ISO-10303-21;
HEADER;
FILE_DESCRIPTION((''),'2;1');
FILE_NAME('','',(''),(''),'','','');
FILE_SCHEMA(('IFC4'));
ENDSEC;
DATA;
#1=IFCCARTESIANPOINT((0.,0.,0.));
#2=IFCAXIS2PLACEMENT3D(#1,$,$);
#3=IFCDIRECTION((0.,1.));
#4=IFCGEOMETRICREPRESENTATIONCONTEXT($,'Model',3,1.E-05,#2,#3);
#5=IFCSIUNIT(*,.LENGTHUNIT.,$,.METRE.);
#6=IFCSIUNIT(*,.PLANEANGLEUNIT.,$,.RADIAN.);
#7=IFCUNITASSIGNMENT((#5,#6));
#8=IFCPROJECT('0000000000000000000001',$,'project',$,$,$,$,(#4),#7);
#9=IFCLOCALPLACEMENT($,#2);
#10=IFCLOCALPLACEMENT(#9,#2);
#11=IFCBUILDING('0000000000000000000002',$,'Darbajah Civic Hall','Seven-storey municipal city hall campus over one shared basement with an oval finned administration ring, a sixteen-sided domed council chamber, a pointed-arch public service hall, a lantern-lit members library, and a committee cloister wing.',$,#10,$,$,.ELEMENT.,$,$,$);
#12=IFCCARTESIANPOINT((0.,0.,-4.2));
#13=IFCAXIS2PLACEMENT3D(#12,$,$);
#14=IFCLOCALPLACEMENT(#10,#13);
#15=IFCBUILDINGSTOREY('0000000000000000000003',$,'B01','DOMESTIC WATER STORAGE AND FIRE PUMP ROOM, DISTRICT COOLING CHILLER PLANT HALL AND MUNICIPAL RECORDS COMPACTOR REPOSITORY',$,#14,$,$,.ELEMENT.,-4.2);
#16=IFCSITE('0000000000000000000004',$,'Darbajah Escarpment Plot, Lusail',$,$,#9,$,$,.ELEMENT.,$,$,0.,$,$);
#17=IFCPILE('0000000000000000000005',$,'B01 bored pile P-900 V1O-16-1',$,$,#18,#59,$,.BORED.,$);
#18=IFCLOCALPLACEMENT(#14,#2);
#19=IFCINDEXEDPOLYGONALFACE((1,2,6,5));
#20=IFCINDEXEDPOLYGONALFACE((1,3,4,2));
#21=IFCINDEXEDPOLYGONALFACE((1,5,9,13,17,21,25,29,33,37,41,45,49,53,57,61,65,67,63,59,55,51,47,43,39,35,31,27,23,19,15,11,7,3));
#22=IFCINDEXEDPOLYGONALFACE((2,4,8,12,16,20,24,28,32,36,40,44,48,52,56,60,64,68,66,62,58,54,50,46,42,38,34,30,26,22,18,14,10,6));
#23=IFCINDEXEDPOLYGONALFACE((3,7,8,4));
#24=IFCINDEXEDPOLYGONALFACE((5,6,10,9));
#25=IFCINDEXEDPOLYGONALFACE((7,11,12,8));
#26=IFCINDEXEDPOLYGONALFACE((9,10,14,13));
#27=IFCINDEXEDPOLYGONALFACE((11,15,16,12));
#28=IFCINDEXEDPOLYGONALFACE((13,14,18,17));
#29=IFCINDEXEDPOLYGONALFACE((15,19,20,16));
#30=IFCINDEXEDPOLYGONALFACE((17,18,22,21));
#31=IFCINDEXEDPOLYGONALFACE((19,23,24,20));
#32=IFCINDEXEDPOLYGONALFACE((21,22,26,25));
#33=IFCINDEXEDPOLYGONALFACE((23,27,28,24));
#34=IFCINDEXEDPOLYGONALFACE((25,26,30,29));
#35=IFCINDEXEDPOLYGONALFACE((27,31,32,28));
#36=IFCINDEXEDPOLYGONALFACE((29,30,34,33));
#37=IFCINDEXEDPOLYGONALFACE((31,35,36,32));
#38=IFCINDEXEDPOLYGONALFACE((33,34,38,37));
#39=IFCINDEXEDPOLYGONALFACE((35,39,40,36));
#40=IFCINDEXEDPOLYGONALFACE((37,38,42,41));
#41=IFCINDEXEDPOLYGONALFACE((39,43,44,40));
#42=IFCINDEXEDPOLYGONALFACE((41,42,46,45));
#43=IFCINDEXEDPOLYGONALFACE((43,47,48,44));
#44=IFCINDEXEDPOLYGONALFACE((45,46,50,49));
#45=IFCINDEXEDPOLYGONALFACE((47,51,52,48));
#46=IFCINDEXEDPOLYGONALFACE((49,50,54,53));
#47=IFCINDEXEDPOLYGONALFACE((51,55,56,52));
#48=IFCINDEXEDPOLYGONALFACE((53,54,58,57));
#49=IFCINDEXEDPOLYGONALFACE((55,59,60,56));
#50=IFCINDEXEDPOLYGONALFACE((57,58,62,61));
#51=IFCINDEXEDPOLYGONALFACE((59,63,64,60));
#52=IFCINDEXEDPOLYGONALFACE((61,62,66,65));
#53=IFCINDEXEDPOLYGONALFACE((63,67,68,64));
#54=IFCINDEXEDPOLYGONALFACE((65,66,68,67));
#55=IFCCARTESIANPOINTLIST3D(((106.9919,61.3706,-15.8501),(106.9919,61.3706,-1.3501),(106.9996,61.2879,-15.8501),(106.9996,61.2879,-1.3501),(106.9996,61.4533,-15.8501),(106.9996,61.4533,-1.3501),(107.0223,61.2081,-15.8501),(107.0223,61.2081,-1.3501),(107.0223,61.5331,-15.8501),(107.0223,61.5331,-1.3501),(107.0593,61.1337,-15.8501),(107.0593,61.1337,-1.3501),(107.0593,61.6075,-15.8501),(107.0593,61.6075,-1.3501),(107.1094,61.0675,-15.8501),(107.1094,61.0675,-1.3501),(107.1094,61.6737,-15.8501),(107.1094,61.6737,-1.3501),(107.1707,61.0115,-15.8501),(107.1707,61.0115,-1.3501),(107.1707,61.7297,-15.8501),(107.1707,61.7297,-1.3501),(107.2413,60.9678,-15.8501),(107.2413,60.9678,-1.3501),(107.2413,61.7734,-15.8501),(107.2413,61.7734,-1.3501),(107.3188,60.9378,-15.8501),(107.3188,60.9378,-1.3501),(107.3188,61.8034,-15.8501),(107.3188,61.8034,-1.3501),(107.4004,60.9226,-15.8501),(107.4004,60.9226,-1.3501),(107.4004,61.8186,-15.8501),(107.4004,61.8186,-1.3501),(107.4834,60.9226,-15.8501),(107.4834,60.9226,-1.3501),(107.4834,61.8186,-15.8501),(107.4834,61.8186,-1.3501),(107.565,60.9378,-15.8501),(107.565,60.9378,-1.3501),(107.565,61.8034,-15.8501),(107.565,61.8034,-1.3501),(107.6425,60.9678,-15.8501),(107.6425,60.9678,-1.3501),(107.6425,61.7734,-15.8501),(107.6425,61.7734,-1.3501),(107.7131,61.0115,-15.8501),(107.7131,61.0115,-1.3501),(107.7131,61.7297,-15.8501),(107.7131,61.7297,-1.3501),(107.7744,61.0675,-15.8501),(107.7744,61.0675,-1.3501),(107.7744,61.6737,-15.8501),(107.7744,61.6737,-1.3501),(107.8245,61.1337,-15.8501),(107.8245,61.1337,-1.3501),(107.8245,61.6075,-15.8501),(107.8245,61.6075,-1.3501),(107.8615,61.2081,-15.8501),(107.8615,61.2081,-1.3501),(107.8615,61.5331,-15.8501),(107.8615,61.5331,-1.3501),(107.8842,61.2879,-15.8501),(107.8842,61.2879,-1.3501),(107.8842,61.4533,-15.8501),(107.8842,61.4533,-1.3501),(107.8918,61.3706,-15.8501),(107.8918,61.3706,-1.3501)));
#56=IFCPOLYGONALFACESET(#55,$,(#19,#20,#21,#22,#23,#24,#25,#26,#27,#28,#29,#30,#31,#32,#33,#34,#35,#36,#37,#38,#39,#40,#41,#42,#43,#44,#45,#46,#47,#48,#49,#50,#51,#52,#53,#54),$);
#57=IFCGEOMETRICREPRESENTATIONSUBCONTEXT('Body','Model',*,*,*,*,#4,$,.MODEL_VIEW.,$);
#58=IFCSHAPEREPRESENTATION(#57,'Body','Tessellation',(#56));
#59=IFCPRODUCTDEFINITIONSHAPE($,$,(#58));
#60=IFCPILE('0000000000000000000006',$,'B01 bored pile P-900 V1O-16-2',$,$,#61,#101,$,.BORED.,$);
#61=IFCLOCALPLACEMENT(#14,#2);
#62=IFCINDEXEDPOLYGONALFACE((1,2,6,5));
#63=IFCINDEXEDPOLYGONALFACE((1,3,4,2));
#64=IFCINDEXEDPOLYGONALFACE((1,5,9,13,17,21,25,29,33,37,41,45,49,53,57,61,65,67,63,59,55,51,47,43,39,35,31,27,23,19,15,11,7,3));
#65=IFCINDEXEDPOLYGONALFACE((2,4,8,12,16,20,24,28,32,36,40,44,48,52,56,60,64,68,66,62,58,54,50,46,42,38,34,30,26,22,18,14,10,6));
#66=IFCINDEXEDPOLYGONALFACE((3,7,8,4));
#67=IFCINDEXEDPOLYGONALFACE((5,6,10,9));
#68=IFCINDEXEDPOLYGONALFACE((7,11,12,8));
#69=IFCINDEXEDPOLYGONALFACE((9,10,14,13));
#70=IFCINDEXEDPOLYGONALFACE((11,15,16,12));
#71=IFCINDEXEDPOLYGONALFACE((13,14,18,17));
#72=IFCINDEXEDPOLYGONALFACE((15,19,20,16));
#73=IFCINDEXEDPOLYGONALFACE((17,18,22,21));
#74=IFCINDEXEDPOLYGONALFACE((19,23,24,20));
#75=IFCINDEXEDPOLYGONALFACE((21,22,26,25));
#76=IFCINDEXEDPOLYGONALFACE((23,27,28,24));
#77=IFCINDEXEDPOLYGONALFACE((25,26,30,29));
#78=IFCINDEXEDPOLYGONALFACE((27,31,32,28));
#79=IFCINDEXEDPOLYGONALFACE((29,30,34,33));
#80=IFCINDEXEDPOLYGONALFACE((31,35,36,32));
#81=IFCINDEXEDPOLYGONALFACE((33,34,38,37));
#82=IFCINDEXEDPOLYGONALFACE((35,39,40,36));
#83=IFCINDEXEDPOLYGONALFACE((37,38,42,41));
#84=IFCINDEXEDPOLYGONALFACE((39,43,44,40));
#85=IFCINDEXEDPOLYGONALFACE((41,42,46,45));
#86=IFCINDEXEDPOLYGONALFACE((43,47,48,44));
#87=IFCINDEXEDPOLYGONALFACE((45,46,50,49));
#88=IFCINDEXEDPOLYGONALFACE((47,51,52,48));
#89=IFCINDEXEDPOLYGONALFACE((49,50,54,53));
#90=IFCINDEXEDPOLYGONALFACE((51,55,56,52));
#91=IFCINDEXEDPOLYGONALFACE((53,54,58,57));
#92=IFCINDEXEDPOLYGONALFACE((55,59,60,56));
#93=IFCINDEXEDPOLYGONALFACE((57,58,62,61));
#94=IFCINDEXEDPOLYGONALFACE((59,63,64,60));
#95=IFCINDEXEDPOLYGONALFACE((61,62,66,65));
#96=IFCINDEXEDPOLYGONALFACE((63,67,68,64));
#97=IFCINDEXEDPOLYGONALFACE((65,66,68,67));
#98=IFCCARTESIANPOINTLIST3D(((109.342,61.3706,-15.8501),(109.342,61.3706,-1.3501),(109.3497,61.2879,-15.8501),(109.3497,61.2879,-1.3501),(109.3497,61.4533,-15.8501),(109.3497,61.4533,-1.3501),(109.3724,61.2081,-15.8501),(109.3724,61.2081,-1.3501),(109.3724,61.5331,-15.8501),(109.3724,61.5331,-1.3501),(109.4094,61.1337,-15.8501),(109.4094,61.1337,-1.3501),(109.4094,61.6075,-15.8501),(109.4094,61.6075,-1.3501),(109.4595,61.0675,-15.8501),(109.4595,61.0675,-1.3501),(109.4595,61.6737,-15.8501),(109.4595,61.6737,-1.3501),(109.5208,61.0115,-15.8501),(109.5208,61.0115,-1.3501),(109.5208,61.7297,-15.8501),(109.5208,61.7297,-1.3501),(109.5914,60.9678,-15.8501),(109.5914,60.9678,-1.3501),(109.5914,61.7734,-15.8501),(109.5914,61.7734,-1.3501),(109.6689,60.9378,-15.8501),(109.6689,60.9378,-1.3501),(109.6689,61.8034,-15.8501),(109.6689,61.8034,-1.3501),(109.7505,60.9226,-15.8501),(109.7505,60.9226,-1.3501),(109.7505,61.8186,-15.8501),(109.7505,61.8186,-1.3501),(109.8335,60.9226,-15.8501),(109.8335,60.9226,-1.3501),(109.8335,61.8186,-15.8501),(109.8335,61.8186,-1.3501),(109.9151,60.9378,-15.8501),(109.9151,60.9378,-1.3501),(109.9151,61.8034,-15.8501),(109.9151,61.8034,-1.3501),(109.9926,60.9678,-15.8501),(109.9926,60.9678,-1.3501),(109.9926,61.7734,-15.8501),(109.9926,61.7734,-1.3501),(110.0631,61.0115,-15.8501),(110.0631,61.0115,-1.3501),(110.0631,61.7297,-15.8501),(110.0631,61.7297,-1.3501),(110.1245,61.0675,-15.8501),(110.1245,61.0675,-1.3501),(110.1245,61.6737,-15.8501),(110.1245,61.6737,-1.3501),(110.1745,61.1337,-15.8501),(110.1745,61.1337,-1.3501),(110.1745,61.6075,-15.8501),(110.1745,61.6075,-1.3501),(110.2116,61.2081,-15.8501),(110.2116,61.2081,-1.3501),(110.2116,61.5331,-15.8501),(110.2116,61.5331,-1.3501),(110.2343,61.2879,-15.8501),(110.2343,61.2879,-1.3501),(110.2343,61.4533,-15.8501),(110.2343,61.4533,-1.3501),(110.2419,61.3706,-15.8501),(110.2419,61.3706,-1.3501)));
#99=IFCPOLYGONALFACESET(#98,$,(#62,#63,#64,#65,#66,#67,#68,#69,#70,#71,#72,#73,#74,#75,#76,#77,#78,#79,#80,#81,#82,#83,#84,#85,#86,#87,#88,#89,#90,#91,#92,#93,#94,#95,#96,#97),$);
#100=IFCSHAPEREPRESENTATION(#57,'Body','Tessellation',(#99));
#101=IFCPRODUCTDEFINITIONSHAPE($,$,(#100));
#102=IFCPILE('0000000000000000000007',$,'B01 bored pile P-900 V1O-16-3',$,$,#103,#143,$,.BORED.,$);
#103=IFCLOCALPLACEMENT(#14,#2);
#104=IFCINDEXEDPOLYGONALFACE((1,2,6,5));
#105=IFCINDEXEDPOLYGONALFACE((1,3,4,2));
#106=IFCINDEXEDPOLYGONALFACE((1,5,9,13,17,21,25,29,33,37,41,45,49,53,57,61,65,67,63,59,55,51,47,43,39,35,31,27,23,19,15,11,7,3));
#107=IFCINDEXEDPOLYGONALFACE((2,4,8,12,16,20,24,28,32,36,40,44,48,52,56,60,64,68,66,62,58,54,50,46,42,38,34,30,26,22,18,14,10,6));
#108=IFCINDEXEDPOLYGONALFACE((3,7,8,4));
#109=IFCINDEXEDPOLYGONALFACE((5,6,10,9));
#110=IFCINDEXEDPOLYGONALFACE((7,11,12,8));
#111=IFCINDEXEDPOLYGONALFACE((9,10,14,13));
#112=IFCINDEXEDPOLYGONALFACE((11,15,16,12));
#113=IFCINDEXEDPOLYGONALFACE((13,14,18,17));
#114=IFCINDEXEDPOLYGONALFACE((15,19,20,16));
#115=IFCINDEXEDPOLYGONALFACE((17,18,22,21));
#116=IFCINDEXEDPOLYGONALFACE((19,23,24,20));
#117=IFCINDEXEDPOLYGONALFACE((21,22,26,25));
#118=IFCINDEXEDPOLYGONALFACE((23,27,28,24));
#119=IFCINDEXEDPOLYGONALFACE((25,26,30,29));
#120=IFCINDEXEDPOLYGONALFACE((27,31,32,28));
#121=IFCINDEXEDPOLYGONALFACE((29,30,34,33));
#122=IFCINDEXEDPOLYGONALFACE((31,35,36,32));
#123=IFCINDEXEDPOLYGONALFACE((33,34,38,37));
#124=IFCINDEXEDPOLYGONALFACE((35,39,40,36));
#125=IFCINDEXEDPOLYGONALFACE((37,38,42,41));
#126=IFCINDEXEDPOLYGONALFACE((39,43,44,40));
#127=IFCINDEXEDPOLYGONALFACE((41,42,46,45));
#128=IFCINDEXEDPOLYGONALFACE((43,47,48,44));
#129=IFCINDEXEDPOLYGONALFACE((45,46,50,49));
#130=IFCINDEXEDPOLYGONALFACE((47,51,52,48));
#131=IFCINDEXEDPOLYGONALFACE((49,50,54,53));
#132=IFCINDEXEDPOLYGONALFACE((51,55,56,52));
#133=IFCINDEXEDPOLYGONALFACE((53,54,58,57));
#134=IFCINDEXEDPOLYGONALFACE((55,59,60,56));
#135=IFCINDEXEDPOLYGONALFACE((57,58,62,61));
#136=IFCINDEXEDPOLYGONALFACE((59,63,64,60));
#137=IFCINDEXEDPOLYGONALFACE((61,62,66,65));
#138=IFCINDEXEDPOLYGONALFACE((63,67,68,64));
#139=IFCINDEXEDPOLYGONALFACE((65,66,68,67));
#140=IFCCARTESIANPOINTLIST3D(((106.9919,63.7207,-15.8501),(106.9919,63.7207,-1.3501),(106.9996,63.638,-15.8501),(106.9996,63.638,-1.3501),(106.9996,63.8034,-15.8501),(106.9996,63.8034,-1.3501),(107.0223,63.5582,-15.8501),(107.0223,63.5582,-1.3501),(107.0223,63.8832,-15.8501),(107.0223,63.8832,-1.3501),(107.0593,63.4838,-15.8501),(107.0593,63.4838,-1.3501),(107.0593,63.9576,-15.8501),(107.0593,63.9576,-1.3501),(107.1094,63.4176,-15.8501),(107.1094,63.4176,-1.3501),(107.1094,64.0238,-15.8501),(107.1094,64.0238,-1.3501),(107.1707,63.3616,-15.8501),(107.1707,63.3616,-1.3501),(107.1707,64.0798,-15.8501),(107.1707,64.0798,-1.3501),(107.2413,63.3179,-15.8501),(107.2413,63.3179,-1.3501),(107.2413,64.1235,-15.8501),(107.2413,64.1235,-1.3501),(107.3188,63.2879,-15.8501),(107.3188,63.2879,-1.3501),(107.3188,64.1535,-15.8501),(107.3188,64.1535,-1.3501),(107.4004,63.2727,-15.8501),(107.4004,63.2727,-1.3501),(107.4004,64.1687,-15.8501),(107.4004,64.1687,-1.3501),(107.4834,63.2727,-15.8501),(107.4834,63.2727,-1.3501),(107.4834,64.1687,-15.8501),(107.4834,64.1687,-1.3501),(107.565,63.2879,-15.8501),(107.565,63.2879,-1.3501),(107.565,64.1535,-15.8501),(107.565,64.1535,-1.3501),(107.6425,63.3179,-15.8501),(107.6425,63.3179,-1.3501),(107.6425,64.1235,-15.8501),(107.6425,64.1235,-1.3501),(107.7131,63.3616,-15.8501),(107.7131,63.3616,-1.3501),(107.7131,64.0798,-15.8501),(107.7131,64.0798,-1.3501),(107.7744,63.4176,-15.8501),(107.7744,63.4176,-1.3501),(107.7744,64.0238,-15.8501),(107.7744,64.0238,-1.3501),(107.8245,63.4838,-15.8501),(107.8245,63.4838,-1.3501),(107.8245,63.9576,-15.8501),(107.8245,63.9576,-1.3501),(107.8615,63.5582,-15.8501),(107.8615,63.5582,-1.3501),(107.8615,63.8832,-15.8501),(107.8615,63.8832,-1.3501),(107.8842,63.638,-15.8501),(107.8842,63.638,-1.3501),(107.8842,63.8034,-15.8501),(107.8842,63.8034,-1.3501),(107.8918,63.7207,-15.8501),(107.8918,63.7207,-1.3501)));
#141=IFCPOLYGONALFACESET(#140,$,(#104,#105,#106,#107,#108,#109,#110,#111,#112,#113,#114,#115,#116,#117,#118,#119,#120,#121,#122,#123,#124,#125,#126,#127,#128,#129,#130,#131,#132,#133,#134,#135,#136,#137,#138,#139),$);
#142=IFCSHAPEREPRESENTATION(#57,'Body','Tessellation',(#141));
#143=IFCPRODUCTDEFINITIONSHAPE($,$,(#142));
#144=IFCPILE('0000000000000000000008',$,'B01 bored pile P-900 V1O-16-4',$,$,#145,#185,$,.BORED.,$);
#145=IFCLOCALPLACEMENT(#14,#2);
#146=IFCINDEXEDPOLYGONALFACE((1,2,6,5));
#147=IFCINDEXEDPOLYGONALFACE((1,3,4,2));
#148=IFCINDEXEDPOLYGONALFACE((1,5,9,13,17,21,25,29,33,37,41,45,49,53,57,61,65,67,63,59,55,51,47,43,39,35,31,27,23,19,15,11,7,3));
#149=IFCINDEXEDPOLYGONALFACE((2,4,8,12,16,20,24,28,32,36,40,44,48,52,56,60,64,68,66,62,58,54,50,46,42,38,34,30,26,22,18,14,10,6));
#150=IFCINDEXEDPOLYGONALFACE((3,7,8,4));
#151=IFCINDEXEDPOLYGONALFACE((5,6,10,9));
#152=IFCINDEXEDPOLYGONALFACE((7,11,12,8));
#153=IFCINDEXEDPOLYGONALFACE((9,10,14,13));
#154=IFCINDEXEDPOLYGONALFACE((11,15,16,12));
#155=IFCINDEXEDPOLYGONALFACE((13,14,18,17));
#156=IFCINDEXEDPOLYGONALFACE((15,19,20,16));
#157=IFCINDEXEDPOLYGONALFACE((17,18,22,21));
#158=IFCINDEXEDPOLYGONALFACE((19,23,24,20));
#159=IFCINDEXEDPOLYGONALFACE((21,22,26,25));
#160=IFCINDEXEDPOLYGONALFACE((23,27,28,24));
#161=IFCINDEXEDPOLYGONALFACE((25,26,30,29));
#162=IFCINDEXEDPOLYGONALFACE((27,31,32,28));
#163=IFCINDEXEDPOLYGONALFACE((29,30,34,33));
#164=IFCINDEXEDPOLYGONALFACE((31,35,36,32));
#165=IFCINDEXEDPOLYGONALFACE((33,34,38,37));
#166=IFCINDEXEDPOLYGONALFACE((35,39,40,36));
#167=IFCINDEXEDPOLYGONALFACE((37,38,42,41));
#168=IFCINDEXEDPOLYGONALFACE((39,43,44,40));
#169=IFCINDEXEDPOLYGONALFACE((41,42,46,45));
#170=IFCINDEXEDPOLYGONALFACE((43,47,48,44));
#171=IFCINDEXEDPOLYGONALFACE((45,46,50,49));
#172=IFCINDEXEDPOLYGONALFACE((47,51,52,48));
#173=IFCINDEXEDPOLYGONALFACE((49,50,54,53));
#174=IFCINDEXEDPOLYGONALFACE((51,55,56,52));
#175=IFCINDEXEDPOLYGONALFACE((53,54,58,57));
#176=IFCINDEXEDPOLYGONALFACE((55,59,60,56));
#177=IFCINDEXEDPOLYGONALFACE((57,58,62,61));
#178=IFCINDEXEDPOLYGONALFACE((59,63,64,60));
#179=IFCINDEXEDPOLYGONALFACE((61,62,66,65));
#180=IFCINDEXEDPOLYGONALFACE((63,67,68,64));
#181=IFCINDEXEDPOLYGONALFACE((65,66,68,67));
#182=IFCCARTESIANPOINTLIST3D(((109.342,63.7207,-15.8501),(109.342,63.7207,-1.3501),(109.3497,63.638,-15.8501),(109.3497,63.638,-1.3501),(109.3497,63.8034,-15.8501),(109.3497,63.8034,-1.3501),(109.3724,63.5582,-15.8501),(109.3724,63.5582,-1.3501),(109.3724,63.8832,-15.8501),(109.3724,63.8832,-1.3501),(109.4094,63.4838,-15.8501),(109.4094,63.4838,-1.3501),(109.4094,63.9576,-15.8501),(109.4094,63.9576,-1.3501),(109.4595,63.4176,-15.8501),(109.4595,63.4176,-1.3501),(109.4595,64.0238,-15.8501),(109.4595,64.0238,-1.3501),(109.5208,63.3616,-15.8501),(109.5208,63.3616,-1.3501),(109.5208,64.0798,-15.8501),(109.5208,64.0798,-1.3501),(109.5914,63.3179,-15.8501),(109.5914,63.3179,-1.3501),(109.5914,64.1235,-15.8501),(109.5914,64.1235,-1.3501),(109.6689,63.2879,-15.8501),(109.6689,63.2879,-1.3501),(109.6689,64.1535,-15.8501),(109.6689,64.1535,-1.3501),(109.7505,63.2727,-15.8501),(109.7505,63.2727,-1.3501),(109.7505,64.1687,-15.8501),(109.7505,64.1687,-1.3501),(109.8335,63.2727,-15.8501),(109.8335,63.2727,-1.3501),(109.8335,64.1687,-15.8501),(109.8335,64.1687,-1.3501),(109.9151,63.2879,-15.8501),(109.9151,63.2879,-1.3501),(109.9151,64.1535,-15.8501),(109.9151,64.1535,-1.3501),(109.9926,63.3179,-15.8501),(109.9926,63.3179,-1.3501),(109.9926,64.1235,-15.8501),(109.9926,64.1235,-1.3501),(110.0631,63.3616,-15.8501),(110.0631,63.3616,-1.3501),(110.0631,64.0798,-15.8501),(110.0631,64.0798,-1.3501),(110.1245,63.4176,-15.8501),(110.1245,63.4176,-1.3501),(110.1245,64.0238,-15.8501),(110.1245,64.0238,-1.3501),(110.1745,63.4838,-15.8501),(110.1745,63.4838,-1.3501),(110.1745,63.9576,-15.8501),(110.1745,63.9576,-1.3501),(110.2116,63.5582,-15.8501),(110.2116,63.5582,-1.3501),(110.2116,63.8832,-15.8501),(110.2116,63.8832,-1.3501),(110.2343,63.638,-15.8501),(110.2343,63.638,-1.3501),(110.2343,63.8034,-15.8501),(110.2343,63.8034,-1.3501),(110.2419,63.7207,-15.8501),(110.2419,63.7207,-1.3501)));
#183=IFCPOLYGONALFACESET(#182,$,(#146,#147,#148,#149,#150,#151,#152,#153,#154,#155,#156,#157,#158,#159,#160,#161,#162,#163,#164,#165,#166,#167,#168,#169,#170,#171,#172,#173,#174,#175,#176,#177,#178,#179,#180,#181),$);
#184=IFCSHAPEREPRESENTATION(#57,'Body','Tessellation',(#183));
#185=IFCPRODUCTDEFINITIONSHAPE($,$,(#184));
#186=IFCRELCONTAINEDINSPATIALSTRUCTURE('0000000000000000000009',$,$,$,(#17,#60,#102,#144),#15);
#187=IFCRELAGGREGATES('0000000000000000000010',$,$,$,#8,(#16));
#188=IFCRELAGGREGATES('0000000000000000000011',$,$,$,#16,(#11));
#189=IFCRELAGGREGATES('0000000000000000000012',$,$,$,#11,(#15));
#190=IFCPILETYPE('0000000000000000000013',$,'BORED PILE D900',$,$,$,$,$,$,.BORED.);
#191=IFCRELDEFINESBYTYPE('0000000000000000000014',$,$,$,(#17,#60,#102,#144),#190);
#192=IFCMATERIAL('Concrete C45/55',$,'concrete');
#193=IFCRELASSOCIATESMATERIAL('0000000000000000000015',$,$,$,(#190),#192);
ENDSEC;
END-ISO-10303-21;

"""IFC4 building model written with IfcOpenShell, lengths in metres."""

from ifc_helpers import new_model, si_unit, direction, frame, origin, origin_2d, place, context, subcontext, project, spatial, circle, extrude, material, material_profile, profile_set, type_object, element, save


model = new_model("IFC4")

# Units and contexts
model_context = context("Model", 3, precision=1e-05, world=origin(), true_north=direction((0.0, 1.0)))
body_context = subcontext(model_context, "Body", "Model", "MODEL_VIEW")
ifc_project = project(units=[si_unit("LENGTHUNIT", "METRE"), si_unit("PLANEANGLEUNIT", "RADIAN")], contexts=[model_context])

# Site, building, storey
site_placement = place(None, origin())
site = spatial("IfcSite", under=ifc_project, at=site_placement, Name="Darbajah Escarpment Plot, Lusail", CompositionType="ELEMENT", RefElevation=0.0)
building_placement = place(site_placement, origin())
building = spatial("IfcBuilding", under=site, at=building_placement, Name="Darbajah Civic Hall", Description="Seven-storey municipal city hall campus over one shared basement with an oval finned administration ring, a sixteen-sided domed council chamber, a pointed-arch public service hall, a lantern-lit members library, and a committee cloister wing.", CompositionType="ELEMENT")
storey_placement = place(building_placement, frame((0.0, 0.0, -4.2)))
storey = spatial("IfcBuildingStorey", under=building, at=storey_placement, Name="B01", Description="DOMESTIC WATER STORAGE AND FIRE PUMP ROOM, DISTRICT COOLING CHILLER PLANT HALL AND MUNICIPAL RECORDS COMPACTOR REPOSITORY", CompositionType="ELEMENT", Elevation=-4.2)

# Piles
ifc_material_1 = material(Name="Concrete C45/55", Category="concrete")
ifc_material_profile_1 = material_profile(ifc_material_1, circle(Radius=0.45, at=origin_2d()), Name="BORED PILE D900")
ifc_profile_set_1 = profile_set([ifc_material_profile_1], Name="Concrete C45/55")
pile_type_1 = type_object("IfcPileType", Name="BORED PILE D900", PredefinedType="BORED", material=ifc_profile_set_1)
for number, where, z_axis, x_axis, name in (
    (1, (107.4419, 61.3706, -1.3501), (0.0, 0.0, -1.0), (1.0, 0.0, 0.0), "B01 bored pile P-900 V1O-16-1"),
    (2, (109.792, 61.3706, -1.3501), (0.0, 0.0, -1.0), (1.0, 0.0, 0.0), "B01 bored pile P-900 V1O-16-2"),
    (3, (107.4419, 63.7207, -1.3501), (0.0, 0.0, -1.0), (1.0, 0.0, 0.0), "B01 bored pile P-900 V1O-16-3"),
    (4, (109.792, 63.7207, -1.3501), (0.0, 0.0, -1.0), (1.0, 0.0, 0.0), "B01 bored pile P-900 V1O-16-4"),
):
    element("IfcPile", number, at=place(storey_placement, frame(where, z_axis=z_axis, x_axis=x_axis)), inside=storey, type_object=pile_type_1, Name=name, PredefinedType="BORED", context=body_context, shape_type="SweptSolid", body=[
        extrude(circle(Radius=0.45, at=origin_2d()), origin(), (0.0, 0.0, 1.0), 14.5),
    ])

save(model, "model.ifc")
